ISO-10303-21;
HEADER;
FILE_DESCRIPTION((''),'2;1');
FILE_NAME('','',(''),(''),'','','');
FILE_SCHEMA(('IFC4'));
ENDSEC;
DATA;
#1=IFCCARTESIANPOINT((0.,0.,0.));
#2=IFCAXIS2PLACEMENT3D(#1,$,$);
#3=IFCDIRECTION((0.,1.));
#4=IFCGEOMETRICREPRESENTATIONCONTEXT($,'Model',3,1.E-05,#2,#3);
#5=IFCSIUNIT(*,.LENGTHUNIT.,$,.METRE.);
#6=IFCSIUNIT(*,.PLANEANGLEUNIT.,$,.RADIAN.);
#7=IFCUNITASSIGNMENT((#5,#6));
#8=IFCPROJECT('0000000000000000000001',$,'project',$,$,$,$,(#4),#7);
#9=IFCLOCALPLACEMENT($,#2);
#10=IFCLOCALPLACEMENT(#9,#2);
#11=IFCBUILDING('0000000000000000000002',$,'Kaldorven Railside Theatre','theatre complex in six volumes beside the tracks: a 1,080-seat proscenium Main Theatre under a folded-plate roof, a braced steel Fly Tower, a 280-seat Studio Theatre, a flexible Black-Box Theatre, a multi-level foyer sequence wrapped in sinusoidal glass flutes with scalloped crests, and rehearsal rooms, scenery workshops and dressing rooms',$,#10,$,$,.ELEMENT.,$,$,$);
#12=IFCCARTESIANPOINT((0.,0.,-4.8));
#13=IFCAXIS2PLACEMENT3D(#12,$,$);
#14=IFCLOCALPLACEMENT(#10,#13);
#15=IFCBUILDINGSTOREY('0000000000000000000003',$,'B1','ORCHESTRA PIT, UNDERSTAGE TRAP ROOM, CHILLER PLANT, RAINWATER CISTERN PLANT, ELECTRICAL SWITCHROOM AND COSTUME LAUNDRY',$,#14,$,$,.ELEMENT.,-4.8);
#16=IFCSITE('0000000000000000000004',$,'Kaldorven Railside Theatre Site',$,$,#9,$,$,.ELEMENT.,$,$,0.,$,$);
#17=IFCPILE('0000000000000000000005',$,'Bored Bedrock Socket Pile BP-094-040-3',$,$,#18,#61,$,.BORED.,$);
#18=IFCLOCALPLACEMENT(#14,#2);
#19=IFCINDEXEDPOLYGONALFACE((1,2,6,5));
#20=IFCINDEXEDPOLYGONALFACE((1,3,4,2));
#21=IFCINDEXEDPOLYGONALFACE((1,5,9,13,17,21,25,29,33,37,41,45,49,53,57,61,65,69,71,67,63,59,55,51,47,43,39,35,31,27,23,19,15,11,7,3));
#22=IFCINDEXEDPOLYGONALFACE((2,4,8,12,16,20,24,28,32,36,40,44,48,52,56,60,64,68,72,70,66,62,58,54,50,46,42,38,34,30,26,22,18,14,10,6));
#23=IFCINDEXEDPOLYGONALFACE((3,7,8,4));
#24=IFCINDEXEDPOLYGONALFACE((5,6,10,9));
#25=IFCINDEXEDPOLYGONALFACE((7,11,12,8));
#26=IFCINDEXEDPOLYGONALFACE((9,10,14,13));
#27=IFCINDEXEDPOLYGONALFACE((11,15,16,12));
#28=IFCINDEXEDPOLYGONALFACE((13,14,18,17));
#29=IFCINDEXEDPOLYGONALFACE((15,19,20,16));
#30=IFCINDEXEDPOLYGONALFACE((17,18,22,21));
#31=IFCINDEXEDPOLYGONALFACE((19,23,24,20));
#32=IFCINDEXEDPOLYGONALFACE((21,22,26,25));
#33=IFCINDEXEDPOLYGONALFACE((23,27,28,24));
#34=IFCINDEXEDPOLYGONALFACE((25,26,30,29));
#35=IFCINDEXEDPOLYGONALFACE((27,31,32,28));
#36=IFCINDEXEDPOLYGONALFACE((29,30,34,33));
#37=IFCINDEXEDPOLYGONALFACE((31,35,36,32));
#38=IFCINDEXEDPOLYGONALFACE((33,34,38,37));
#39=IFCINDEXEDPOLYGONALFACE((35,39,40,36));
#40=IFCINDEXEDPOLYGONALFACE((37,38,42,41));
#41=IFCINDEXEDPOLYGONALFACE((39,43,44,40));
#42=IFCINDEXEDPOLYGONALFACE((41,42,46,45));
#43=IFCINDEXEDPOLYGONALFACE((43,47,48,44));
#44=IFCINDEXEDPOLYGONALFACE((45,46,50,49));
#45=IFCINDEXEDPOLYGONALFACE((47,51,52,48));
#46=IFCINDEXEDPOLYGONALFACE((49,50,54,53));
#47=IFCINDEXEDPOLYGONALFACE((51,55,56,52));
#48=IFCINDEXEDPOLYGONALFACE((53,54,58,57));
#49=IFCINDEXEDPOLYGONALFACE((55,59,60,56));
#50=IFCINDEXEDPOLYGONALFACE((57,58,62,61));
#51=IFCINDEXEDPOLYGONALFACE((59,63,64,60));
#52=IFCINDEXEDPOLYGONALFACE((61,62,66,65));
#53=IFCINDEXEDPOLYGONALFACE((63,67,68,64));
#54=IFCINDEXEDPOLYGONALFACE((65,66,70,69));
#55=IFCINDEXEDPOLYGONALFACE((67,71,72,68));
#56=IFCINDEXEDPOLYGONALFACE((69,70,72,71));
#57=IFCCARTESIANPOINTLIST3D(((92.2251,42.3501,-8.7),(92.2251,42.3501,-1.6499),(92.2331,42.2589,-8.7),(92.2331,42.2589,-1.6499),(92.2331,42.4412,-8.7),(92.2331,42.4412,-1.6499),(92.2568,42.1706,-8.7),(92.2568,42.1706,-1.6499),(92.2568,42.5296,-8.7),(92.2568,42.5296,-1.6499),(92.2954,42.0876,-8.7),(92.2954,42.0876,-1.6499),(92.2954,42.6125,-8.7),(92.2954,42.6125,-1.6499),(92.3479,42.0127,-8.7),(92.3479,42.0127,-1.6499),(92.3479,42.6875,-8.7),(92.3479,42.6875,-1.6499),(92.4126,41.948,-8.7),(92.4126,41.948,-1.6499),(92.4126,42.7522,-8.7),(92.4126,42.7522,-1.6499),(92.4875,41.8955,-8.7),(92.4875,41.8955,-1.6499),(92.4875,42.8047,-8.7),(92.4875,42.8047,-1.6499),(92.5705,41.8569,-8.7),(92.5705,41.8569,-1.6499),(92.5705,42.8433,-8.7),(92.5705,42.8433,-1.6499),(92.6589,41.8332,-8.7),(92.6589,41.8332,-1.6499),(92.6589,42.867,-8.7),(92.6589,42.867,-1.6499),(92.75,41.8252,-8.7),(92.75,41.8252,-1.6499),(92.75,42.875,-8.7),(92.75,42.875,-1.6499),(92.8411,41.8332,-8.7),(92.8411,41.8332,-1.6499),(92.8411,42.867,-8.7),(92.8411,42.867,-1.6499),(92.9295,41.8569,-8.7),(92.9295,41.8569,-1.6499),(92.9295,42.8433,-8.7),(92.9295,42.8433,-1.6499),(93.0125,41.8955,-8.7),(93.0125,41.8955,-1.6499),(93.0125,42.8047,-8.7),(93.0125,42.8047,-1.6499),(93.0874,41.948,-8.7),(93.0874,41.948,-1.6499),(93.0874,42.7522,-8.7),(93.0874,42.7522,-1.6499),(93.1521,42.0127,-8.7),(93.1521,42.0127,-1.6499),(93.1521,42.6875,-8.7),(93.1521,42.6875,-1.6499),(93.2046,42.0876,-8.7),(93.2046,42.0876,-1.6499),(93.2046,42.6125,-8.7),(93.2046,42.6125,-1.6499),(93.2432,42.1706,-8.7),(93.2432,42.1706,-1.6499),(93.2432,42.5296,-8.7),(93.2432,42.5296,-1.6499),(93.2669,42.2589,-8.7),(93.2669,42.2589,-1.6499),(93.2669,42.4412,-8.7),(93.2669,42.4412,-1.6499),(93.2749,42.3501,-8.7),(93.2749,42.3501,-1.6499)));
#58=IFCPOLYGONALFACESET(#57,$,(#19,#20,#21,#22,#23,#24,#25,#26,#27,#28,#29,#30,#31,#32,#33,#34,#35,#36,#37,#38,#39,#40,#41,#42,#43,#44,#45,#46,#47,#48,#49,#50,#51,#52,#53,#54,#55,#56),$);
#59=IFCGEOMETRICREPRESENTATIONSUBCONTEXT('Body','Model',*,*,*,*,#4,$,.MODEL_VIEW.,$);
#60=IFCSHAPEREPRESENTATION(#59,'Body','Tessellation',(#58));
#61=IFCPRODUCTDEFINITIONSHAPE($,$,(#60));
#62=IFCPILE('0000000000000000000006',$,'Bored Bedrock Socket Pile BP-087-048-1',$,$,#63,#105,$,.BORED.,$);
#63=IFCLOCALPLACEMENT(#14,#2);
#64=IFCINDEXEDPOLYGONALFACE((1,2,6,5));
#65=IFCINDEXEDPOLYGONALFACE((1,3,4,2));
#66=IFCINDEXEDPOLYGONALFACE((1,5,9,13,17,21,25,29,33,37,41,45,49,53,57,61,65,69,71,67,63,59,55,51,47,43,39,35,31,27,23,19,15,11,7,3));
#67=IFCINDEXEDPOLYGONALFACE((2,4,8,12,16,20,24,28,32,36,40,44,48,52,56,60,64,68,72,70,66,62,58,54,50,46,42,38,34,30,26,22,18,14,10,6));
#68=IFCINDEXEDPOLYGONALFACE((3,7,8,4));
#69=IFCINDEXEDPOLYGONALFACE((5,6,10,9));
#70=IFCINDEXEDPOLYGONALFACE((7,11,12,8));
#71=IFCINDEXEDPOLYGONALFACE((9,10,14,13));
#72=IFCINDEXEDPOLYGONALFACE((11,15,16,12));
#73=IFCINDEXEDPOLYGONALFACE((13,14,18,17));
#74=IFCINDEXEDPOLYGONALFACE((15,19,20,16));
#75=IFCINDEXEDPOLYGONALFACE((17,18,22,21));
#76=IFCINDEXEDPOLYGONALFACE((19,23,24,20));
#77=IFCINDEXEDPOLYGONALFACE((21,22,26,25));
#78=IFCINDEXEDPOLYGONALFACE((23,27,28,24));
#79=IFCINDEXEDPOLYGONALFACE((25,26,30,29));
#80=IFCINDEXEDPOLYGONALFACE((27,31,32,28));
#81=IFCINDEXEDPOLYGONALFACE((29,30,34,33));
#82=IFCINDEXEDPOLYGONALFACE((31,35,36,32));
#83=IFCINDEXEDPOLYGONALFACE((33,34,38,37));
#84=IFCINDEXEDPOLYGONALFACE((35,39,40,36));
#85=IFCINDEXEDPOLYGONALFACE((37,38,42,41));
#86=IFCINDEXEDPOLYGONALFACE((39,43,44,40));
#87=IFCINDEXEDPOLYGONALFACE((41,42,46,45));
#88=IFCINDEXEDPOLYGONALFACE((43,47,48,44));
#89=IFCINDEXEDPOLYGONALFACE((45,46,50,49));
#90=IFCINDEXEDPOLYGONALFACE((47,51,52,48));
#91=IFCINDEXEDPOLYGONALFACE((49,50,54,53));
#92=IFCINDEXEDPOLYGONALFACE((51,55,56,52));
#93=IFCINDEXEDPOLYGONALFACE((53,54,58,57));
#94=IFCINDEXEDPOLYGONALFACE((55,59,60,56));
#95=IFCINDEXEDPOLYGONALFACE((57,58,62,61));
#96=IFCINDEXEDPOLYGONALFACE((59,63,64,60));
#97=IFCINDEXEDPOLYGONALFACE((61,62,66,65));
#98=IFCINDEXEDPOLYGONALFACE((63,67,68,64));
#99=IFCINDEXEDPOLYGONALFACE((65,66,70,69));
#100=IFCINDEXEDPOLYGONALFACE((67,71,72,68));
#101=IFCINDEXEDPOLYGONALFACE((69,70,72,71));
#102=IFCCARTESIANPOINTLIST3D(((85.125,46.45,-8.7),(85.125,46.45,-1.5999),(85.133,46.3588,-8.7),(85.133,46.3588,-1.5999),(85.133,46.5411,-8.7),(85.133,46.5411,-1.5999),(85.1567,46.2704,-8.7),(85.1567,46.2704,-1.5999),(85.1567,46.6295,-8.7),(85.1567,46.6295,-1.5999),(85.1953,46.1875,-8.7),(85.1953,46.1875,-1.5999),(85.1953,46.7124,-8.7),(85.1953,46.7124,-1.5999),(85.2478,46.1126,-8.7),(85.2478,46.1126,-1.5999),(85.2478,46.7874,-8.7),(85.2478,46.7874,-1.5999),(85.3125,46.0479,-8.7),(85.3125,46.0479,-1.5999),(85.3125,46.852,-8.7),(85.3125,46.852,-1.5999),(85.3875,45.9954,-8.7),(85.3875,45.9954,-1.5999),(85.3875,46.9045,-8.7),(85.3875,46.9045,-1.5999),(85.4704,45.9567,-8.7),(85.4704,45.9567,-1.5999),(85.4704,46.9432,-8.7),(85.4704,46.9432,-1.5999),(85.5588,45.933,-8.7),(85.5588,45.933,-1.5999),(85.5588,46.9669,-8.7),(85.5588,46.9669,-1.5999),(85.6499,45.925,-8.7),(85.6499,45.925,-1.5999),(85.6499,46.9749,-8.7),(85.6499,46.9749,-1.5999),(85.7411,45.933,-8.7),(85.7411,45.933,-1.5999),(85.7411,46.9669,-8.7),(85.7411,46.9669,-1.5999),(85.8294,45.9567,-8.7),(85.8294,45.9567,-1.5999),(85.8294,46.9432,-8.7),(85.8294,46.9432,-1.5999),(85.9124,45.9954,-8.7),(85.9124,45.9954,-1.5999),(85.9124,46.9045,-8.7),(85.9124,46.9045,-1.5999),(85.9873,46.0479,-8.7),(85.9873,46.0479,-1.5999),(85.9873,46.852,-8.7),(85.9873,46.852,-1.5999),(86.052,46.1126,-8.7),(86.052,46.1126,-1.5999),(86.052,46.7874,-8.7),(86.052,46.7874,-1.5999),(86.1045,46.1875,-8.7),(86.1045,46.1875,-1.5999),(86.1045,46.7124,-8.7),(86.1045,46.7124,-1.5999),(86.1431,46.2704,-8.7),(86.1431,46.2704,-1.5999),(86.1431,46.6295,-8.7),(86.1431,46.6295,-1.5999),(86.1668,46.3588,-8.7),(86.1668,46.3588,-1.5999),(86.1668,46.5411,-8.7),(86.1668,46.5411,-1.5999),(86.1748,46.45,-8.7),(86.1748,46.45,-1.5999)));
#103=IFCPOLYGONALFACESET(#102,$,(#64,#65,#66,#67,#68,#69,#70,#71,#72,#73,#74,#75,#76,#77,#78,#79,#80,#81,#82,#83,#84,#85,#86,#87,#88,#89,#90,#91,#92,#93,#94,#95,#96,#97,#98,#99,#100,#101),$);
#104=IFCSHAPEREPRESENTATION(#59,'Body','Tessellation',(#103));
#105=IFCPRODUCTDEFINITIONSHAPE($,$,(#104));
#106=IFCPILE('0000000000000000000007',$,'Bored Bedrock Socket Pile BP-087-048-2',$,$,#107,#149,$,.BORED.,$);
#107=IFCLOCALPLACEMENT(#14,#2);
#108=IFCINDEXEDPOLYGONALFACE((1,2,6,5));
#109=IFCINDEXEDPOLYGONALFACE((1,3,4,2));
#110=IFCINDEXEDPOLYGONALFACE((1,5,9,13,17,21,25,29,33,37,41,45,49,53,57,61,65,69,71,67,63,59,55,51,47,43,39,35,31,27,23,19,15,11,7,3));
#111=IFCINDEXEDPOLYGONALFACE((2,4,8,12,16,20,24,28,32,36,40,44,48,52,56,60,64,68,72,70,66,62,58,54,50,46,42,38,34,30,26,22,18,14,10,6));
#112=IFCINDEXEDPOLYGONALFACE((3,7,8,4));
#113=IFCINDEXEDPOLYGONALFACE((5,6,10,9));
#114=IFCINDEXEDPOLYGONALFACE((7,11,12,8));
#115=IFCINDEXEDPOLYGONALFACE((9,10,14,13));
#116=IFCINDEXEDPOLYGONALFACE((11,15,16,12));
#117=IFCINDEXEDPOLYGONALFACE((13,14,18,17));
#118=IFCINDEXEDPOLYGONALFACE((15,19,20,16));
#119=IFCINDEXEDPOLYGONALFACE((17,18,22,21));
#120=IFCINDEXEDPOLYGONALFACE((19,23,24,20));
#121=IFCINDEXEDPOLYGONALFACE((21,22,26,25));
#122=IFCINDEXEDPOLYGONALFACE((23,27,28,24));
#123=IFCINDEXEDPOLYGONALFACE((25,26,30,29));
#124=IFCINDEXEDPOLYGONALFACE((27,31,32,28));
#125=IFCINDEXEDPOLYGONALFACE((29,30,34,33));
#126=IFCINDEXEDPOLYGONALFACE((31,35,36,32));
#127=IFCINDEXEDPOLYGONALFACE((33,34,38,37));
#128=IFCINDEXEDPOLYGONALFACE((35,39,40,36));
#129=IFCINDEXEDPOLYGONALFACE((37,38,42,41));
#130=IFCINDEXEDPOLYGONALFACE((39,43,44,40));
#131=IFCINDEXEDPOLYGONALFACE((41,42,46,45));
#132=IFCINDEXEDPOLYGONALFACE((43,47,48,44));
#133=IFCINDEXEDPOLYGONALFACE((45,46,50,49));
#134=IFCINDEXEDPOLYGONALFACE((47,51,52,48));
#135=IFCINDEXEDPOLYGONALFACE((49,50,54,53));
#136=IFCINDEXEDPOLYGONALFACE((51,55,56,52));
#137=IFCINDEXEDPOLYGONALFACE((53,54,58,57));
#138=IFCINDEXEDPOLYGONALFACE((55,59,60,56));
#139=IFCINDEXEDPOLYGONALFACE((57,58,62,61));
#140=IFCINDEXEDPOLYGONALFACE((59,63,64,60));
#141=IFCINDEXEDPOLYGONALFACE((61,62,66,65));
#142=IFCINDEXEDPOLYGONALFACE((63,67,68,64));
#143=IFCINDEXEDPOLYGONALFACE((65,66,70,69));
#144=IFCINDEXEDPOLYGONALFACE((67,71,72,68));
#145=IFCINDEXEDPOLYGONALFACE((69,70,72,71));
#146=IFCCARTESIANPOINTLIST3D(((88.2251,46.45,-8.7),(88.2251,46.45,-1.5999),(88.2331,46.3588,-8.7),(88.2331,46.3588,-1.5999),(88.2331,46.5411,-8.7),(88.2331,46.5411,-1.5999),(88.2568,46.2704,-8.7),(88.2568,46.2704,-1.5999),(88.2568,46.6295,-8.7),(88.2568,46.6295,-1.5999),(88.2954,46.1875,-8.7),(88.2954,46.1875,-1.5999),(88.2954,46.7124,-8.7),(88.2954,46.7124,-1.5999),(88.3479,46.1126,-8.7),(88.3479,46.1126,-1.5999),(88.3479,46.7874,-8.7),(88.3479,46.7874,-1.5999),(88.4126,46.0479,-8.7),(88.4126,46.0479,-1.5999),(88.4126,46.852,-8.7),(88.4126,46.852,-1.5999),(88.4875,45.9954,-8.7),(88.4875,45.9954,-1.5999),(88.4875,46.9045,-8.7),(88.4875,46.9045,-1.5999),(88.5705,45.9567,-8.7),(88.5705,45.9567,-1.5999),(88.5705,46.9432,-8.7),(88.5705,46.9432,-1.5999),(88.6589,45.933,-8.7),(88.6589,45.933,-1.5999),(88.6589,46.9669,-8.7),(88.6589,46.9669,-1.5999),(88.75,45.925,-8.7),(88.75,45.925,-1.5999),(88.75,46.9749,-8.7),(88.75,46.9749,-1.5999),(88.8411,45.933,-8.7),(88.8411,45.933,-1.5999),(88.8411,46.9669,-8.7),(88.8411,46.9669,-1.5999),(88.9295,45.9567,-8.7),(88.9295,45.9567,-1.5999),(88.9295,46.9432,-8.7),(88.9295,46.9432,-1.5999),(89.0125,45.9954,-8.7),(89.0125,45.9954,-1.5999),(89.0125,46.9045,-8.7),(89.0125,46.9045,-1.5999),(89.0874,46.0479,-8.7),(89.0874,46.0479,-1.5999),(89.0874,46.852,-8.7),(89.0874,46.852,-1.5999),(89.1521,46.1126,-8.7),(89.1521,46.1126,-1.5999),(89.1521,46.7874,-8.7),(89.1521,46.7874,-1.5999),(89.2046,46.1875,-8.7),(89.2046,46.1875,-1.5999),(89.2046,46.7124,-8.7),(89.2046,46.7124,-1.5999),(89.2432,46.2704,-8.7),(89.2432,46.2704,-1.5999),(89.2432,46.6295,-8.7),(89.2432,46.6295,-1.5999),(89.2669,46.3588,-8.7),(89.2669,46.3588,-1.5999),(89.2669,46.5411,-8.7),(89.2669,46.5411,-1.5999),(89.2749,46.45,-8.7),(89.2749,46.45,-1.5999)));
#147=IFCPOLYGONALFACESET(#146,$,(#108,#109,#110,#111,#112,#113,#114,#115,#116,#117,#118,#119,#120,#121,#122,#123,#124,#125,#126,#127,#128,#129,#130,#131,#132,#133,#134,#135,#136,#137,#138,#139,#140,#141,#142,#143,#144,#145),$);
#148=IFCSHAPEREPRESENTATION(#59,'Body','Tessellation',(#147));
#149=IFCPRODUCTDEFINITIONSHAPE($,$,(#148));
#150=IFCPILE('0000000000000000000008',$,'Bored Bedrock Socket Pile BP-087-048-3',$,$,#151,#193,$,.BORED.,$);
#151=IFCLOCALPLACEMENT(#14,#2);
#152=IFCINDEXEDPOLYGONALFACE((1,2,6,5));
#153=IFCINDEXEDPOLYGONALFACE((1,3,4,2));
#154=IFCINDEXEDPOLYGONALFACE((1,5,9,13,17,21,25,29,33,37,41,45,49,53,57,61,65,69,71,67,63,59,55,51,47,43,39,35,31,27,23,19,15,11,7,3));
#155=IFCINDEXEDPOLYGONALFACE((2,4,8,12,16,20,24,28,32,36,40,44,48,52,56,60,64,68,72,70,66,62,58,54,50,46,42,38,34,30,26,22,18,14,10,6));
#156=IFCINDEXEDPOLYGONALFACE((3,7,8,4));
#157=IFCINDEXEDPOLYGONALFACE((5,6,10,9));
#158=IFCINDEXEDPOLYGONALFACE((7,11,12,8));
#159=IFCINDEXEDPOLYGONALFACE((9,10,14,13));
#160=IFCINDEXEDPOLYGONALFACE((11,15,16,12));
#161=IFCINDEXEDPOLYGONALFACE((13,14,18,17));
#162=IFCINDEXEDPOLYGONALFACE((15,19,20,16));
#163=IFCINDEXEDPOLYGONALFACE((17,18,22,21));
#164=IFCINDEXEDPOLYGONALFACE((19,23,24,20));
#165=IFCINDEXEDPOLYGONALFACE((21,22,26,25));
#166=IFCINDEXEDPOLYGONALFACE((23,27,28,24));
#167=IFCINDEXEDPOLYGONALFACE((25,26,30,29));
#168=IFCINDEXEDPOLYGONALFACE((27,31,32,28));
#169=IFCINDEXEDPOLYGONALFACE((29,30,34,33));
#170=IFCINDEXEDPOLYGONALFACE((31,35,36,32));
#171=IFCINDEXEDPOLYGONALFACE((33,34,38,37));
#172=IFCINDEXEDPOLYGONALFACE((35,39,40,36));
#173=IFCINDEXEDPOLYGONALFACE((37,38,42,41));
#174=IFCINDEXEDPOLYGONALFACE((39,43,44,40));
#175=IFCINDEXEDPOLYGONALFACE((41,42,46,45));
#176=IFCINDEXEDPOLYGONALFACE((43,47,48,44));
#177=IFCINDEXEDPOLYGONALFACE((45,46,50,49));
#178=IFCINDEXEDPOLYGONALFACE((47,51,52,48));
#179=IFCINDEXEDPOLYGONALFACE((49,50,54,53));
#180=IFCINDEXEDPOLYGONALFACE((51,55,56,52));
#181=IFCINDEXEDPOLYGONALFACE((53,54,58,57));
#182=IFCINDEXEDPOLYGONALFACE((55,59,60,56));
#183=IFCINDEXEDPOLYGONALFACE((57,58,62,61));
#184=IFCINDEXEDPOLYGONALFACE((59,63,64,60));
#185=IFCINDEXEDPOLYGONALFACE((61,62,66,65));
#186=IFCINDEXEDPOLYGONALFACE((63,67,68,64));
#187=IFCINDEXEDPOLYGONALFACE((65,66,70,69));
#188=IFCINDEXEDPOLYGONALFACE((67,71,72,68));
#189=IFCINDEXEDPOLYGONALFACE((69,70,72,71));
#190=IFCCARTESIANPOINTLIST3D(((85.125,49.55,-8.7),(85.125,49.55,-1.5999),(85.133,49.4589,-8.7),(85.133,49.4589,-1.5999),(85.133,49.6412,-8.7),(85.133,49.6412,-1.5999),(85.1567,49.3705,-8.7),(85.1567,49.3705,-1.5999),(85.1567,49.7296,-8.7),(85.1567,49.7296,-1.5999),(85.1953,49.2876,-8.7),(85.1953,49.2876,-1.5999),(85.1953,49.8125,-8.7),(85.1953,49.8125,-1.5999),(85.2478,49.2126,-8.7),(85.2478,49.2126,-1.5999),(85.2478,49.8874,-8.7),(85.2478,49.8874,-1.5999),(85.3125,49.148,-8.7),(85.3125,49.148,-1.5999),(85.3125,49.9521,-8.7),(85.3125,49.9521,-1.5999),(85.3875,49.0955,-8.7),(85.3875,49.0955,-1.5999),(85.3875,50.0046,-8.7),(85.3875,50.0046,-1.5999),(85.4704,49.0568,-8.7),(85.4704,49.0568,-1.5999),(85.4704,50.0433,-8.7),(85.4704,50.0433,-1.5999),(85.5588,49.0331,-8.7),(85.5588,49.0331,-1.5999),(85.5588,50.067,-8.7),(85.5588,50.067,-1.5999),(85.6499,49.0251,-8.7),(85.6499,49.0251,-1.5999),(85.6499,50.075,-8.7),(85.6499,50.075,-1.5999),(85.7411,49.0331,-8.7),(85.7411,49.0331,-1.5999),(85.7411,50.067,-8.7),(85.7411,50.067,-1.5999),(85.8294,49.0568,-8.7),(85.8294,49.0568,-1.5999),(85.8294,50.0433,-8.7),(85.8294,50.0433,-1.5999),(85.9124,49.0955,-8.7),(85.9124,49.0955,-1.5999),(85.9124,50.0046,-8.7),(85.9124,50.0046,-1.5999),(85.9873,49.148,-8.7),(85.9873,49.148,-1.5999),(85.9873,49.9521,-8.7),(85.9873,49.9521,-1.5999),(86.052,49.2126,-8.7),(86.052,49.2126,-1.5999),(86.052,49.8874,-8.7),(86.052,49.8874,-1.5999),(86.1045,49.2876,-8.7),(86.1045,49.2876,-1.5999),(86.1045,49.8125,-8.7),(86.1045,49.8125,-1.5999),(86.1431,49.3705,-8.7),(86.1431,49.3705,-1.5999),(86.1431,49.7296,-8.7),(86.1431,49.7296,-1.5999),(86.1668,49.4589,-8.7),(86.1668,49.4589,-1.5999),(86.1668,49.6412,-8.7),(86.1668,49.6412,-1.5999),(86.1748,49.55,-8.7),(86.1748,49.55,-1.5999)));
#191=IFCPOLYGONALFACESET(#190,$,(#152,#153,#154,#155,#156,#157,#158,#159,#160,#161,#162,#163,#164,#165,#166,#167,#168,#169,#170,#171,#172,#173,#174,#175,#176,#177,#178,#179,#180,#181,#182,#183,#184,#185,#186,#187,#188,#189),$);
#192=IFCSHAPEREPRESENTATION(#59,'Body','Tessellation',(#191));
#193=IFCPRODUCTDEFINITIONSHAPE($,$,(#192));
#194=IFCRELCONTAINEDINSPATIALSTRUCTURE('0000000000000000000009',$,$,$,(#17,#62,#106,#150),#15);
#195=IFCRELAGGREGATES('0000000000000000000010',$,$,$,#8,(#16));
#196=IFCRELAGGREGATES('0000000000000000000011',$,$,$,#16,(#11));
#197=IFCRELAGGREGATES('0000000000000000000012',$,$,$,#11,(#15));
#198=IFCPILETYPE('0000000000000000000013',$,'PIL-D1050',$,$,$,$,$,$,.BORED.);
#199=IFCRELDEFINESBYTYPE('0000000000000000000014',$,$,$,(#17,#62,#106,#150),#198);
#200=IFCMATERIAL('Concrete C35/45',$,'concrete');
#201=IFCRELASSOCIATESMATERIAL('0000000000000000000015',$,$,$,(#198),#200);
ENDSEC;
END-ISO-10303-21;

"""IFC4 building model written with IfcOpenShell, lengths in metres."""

from ifc_helpers import new_model, si_unit, direction, frame, origin, origin_2d, place, context, subcontext, project, spatial, circle, extrude, material, material_profile, profile_set, type_object, element, save


model = new_model("IFC4")

# Units and contexts
model_context = context("Model", 3, precision=1e-05, world=origin(), true_north=direction((0.0, 1.0)))
body_context = subcontext(model_context, "Body", "Model", "MODEL_VIEW")
ifc_project = project(units=[si_unit("LENGTHUNIT", "METRE"), si_unit("PLANEANGLEUNIT", "RADIAN")], contexts=[model_context])

# Site, building, storey
site_placement = place(None, origin())
site = spatial("IfcSite", under=ifc_project, at=site_placement, Name="Kaldorven Railside Theatre Site", CompositionType="ELEMENT", RefElevation=0.0)
building_placement = place(site_placement, origin())
building = spatial("IfcBuilding", under=site, at=building_placement, Name="Kaldorven Railside Theatre", Description="theatre complex in six volumes beside the tracks: a 1,080-seat proscenium Main Theatre under a folded-plate roof, a braced steel Fly Tower, a 280-seat Studio Theatre, a flexible Black-Box Theatre, a multi-level foyer sequence wrapped in sinusoidal glass flutes with scalloped crests, and rehearsal rooms, scenery workshops and dressing rooms", CompositionType="ELEMENT")
storey_placement = place(building_placement, frame((0.0, 0.0, -4.8)))
storey = spatial("IfcBuildingStorey", under=building, at=storey_placement, Name="B1", Description="ORCHESTRA PIT, UNDERSTAGE TRAP ROOM, CHILLER PLANT, RAINWATER CISTERN PLANT, ELECTRICAL SWITCHROOM AND COSTUME LAUNDRY", CompositionType="ELEMENT", Elevation=-4.8)

# Piles
ifc_material_1 = material(Name="Concrete C35/45", Category="concrete")
ifc_material_profile_1 = material_profile(ifc_material_1, circle(Radius=0.5249, at=origin_2d()), Name="BP D1050")
ifc_profile_set_1 = profile_set([ifc_material_profile_1], Name="Concrete C35/45")
pile_type_1 = type_object("IfcPileType", Name="PIL-D1050", PredefinedType="BORED", material=ifc_profile_set_1)
pile_1_placement = place(storey_placement, frame((92.75, 42.3501, -1.6499), z_axis=(0.0, 0.0, -1.0), x_axis=(1.0, 0.0, 0.0)))
element("IfcPile", 1, at=pile_1_placement, inside=storey, type_object=pile_type_1, Name="Bored Bedrock Socket Pile BP-094-040-3", PredefinedType="BORED", context=body_context, shape_type="SweptSolid", body=[
    extrude(circle(Radius=0.5249, at=origin_2d()), origin(), (0.0, 0.0, 1.0), 7.05),
])
for number, where, z_axis, x_axis, name in (
    (2, (85.6499, 46.45, -1.5999), (0.0, 0.0, -1.0), (1.0, 0.0, 0.0), "Bored Bedrock Socket Pile BP-087-048-1"),
    (3, (88.75, 46.45, -1.5999), (0.0, 0.0, -1.0), (1.0, 0.0, 0.0), "Bored Bedrock Socket Pile BP-087-048-2"),
    (4, (85.6499, 49.55, -1.5999), (0.0, 0.0, -1.0), (1.0, 0.0, 0.0), "Bored Bedrock Socket Pile BP-087-048-3"),
):
    element("IfcPile", number, at=place(storey_placement, frame(where, z_axis=z_axis, x_axis=x_axis)), inside=storey, type_object=pile_type_1, Name=name, PredefinedType="BORED", context=body_context, shape_type="SweptSolid", body=[
        extrude(circle(Radius=0.5249, at=origin_2d()), origin(), (0.0, 0.0, 1.0), 7.1001),
    ])

save(model, "model.ifc")
